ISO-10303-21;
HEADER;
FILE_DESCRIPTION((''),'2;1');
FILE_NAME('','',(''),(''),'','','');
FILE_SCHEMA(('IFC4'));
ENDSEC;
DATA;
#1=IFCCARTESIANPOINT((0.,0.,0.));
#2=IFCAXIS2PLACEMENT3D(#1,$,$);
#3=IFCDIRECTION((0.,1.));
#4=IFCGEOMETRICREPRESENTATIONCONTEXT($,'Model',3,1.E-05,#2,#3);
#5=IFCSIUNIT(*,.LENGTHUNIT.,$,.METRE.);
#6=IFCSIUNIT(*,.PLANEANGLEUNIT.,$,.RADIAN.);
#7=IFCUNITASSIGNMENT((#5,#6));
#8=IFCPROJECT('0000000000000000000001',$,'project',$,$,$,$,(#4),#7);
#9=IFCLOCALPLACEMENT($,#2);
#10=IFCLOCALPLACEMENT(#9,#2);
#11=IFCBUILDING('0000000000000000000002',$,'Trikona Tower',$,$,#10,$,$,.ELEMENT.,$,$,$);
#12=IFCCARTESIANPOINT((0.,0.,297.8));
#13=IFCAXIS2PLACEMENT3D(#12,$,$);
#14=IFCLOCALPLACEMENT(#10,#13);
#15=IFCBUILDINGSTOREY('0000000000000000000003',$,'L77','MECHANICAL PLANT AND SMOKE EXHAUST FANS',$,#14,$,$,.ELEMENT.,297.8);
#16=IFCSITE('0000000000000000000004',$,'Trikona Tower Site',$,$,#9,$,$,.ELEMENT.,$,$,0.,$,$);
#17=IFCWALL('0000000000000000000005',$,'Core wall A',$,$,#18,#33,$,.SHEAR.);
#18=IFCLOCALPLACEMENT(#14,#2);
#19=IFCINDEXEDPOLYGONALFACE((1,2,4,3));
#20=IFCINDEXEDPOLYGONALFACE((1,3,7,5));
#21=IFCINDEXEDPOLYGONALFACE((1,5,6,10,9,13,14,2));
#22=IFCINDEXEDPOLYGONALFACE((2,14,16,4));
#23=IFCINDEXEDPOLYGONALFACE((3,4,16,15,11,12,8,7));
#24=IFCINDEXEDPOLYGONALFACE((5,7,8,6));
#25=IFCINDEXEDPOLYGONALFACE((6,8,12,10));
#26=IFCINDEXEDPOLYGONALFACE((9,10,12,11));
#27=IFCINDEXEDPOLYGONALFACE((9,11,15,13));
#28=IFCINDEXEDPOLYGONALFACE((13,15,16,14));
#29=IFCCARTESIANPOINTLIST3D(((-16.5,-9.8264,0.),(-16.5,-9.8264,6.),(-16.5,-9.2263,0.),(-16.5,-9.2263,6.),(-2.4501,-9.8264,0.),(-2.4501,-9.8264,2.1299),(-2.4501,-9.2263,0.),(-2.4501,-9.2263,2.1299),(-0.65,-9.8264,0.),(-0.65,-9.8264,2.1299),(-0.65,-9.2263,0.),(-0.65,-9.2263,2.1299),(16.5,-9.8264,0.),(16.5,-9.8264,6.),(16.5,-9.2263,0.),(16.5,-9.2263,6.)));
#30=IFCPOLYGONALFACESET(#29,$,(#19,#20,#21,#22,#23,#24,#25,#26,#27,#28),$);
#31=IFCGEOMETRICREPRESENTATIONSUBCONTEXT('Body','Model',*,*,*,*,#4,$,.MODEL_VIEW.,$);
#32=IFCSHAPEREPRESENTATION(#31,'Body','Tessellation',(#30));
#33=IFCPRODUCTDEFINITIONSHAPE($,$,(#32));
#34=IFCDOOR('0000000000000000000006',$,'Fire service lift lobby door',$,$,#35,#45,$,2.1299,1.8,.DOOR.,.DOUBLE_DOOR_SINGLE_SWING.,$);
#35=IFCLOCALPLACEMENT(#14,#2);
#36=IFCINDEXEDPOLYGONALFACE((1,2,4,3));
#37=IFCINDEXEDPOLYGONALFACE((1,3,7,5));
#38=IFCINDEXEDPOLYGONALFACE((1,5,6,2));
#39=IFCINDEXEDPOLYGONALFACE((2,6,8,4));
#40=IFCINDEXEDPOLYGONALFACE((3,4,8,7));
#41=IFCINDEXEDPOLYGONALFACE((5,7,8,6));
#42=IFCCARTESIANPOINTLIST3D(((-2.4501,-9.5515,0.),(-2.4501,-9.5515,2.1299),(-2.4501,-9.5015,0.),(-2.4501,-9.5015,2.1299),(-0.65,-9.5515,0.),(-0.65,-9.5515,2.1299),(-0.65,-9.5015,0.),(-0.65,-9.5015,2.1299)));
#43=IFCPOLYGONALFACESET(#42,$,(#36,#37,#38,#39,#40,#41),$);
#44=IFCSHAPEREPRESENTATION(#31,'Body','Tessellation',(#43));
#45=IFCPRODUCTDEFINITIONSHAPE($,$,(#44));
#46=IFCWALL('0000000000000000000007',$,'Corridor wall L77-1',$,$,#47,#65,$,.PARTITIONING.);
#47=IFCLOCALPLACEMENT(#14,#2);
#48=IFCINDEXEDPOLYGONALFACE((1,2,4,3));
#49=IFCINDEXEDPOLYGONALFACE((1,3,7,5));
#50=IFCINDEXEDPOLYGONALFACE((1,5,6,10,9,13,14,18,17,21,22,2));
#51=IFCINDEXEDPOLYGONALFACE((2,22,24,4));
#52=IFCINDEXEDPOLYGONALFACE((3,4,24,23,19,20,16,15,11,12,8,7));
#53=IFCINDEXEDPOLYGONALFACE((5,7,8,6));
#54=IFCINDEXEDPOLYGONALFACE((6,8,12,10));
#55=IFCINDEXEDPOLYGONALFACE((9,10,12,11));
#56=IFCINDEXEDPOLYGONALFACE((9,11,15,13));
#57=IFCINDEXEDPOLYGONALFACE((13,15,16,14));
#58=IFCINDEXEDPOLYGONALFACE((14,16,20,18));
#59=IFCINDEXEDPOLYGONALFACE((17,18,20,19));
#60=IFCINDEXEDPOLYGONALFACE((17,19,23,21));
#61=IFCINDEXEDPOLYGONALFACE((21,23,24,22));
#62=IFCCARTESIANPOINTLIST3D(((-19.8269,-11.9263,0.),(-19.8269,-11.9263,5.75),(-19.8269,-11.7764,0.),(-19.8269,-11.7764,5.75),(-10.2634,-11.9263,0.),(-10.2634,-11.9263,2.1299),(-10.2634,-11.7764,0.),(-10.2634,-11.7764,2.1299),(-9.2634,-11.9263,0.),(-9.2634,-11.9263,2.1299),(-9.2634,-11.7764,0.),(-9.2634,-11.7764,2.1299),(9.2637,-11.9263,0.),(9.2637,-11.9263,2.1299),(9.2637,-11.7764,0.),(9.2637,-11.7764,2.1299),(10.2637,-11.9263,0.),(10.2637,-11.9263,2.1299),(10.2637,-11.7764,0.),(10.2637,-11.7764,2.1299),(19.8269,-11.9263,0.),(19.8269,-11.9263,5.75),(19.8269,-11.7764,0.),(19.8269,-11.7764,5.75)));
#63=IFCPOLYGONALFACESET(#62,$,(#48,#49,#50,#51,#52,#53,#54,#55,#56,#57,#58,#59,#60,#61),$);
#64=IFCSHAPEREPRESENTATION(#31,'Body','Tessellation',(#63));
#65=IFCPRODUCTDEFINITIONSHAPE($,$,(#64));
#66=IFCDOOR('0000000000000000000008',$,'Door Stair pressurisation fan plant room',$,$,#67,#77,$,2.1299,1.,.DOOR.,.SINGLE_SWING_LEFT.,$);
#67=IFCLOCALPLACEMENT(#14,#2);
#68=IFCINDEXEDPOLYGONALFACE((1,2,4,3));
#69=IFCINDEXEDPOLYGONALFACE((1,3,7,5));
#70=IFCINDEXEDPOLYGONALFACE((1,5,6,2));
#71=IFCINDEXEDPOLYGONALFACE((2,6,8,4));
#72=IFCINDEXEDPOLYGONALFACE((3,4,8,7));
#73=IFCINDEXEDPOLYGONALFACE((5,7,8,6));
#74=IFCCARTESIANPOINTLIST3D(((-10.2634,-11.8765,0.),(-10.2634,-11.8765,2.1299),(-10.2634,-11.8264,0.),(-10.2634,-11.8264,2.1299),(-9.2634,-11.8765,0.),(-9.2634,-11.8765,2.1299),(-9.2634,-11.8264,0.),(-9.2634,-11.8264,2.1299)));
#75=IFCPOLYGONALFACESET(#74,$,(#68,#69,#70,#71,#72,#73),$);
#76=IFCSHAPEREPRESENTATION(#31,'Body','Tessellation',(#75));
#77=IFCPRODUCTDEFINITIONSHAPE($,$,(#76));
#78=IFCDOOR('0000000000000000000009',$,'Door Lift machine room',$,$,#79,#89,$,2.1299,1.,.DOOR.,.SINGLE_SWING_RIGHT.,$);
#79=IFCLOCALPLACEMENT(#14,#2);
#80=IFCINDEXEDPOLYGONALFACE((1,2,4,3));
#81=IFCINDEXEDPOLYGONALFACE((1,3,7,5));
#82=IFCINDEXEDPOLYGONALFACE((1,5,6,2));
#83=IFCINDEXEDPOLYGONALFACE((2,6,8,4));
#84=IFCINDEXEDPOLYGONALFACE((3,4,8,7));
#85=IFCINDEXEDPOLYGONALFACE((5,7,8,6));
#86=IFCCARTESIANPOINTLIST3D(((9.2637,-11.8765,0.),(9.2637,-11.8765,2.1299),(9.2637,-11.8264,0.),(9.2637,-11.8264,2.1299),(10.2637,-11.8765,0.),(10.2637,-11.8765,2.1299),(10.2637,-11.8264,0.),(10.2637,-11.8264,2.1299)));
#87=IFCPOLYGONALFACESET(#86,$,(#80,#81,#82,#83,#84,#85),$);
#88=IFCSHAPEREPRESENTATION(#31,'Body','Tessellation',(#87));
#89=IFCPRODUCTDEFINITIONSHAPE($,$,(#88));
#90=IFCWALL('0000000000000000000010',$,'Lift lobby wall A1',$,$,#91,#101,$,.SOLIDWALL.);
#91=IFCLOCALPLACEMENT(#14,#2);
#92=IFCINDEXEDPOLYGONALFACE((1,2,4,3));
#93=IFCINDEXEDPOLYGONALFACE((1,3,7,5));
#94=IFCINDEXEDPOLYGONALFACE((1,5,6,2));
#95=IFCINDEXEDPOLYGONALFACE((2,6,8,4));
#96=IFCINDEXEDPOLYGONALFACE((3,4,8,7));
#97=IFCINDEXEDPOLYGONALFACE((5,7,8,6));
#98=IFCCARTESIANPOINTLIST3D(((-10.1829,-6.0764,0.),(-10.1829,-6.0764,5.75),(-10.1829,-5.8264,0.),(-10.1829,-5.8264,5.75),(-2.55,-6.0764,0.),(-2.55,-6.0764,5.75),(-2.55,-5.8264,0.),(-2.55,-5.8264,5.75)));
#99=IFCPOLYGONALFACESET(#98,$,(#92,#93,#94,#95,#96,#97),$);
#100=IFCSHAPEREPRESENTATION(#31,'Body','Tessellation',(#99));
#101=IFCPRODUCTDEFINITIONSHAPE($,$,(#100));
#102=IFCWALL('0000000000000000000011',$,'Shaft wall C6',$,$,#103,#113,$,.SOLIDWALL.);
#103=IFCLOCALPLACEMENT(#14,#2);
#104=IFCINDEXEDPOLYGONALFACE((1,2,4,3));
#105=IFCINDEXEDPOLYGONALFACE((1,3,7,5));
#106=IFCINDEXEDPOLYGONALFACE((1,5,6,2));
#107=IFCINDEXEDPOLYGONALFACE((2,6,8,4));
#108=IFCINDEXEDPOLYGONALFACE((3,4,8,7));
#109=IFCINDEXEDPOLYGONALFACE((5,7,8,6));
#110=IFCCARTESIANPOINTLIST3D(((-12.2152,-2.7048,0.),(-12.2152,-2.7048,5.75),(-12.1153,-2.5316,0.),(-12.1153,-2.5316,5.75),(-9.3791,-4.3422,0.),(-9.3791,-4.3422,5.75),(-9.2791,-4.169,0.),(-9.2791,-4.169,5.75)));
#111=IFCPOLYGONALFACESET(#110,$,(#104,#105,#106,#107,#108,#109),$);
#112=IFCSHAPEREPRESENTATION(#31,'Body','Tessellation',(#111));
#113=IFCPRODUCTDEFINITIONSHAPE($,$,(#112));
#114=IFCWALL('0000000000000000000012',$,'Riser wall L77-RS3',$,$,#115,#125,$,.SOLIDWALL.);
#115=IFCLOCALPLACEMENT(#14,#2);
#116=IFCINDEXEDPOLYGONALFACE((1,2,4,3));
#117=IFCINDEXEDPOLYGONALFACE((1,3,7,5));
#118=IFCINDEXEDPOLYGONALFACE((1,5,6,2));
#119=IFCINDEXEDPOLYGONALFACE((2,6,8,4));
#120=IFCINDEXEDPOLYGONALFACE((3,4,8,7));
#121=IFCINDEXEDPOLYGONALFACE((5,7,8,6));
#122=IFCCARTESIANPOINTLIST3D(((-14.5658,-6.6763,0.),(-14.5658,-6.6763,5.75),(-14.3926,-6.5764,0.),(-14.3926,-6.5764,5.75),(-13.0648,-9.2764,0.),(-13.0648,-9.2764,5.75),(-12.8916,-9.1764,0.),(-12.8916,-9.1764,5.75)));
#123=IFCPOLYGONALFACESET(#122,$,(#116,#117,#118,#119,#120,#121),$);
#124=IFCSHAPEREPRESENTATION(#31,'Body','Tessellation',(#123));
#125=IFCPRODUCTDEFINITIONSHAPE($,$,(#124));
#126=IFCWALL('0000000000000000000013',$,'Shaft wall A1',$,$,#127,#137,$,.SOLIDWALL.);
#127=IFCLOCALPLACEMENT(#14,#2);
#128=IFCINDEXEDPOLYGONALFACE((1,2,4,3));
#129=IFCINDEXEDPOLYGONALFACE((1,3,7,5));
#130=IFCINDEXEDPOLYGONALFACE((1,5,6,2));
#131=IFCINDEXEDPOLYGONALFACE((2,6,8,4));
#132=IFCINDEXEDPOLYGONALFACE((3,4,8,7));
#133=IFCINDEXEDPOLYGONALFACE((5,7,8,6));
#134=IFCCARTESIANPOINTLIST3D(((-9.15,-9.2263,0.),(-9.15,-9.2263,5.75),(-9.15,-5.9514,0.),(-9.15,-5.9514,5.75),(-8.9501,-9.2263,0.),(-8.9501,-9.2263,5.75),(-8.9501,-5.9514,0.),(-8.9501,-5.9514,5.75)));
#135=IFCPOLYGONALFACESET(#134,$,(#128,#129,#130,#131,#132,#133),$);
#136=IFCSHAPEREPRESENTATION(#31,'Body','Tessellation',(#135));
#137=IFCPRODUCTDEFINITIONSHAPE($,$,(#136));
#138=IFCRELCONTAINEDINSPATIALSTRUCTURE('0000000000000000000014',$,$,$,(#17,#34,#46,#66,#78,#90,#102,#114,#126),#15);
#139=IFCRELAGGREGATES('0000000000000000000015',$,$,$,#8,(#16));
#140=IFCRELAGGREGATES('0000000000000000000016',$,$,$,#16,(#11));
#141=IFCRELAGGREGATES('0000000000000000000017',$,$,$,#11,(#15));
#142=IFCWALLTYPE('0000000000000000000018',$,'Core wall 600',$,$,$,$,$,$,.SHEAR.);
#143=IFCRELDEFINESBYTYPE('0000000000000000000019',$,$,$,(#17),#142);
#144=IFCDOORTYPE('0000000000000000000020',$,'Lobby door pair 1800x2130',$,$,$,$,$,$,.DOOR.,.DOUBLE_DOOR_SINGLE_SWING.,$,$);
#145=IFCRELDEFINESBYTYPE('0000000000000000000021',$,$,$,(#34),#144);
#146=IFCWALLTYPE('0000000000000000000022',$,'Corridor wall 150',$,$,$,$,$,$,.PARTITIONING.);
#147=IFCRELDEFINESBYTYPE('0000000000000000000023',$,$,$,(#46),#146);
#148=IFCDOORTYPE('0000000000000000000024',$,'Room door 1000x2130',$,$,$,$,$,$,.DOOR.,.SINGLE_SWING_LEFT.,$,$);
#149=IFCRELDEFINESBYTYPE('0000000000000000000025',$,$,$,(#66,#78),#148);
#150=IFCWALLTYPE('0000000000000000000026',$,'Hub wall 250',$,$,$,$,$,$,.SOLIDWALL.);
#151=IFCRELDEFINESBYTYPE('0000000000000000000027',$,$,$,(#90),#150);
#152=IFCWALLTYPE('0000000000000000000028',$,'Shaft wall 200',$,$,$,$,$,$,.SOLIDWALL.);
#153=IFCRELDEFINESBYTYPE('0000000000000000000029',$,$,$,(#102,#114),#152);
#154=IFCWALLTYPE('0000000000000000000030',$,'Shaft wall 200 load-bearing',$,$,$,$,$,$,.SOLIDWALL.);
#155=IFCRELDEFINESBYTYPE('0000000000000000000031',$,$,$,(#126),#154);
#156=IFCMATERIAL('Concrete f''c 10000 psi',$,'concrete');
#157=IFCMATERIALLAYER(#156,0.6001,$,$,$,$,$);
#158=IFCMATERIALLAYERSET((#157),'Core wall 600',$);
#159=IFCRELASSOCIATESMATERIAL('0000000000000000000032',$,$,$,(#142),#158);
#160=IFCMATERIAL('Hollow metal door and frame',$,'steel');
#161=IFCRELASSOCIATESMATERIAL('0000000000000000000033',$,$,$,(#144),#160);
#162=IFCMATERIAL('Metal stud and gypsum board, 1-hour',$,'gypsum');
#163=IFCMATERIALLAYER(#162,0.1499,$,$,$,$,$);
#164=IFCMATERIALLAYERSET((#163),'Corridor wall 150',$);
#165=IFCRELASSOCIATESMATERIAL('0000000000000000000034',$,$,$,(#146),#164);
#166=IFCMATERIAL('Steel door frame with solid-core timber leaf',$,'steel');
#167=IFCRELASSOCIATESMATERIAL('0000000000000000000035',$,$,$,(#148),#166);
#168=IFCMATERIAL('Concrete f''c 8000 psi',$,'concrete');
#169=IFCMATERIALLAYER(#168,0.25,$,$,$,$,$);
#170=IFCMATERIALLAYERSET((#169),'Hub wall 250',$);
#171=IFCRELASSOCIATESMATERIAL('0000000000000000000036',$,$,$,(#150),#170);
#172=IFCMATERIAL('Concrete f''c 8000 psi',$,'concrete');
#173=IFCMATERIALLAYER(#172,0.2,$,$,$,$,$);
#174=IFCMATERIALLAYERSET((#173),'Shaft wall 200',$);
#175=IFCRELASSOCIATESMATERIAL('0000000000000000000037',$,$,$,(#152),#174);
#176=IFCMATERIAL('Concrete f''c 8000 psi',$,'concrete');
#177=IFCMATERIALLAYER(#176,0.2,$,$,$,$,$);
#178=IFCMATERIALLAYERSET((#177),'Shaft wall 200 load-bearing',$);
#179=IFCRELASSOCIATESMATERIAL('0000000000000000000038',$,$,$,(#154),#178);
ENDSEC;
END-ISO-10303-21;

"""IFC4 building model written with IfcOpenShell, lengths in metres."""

from ifc_helpers import new_model, si_unit, direction, frame, frame_2d, origin, place, context, subcontext, project, spatial, rectangle, extrude, material, layer, layer_set, type_object, element, fill, save


model = new_model("IFC4")

# Units and contexts
model_context = context("Model", 3, precision=1e-05, world=origin(), true_north=direction((0.0, 1.0)))
body_context = subcontext(model_context, "Body", "Model", "MODEL_VIEW")
ifc_project = project(units=[si_unit("LENGTHUNIT", "METRE"), si_unit("PLANEANGLEUNIT", "RADIAN")], contexts=[model_context])

# Site, building, storey
site_placement = place(None, origin())
site = spatial("IfcSite", under=ifc_project, at=site_placement, Name="Trikona Tower Site", CompositionType="ELEMENT", RefElevation=0.0)
building_placement = place(site_placement, origin())
building = spatial("IfcBuilding", under=site, at=building_placement, Name="Trikona Tower", CompositionType="ELEMENT")
storey_placement = place(building_placement, frame((0.0, 0.0, 297.8)))
storey = spatial("IfcBuildingStorey", under=building, at=storey_placement, Name="L77", Description="MECHANICAL PLANT AND SMOKE EXHAUST FANS", CompositionType="ELEMENT", Elevation=297.8)

# Wall, opening, door
ifc_material_1 = material(Name="Concrete f'c 10000 psi", Category="concrete")
ifc_layer_1 = layer(ifc_material_1, 0.6001)
ifc_layer_set_1 = layer_set([ifc_layer_1], Name="Core wall 600")
wall_type_1 = type_object("IfcWallType", Name="Core wall 600", PredefinedType="SHEAR", material=ifc_layer_set_1)
wall_1_placement = place(storey_placement, frame((-16.5, -9.5264, 0.0), z_axis=(0.0, 0.0, 1.0), x_axis=(1.0, 0.0, 0.0)))
wall_1 = element("IfcWall", 1, at=wall_1_placement, inside=storey, type_object=wall_type_1, Name="Core wall A", PredefinedType="SHEAR", context=body_context, shape_type="SweptSolid", body=[
    extrude(rectangle(XDim=33.0, YDim=0.6001, at=frame_2d((16.5, 0.0))), origin(), (0.0, 0.0, 1.0), 6.0),
])
opening_1_placement = place(wall_1_placement, frame((14.05, 0.0, 0.0)))
opening_1 = element("IfcOpeningElement", 2, at=opening_1_placement, cuts=wall_1, PredefinedType="OPENING", context=body_context, shape_type="SweptSolid", body=[
    extrude(rectangle(XDim=1.8, YDim=2.1299, at=frame_2d((0.8999, 1.0649))), frame((0.0, 0.3101, 0.0), z_axis=(0.0, -1.0, 0.0), x_axis=(1.0, 0.0, 0.0)), (0.0, 0.0, 1.0), 0.6201),
])
ifc_material_2 = material(Name="Hollow metal door and frame", Category="steel")
door_type_1 = type_object("IfcDoorType", Name="Lobby door pair 1800x2130", OperationType="DOUBLE_DOOR_SINGLE_SWING", PredefinedType="DOOR", material=ifc_material_2)
door_1_placement = place(opening_1_placement, origin())
door_1 = element("IfcDoor", 3, at=door_1_placement, inside=storey, type_object=door_type_1, Name="Fire service lift lobby door", OperationType="DOUBLE_DOOR_SINGLE_SWING", OverallHeight=2.1299, OverallWidth=1.8, PredefinedType="DOOR", context=body_context, shape_type="SweptSolid", body=[
    extrude(rectangle(XDim=1.8, YDim=2.1299, at=frame_2d((0.8999, 1.0649))), frame((0.0, 0.0249, 0.0), z_axis=(0.0, -1.0, 0.0), x_axis=(1.0, 0.0, 0.0)), (0.0, 0.0, 1.0), 0.05),
])
fill(opening_1, door_1)

# Wall, openings, doors
ifc_material_3 = material(Name="Metal stud and gypsum board, 1-hour", Category="gypsum")
ifc_layer_2 = layer(ifc_material_3, 0.1499)
ifc_layer_set_2 = layer_set([ifc_layer_2], Name="Corridor wall 150")
wall_type_2 = type_object("IfcWallType", Name="Corridor wall 150", PredefinedType="PARTITIONING", material=ifc_layer_set_2)
wall_2_placement = place(storey_placement, frame((-19.8269, -11.8513, 0.0), z_axis=(0.0, 0.0, 1.0), x_axis=(1.0, 0.0, 0.0)))
wall_2 = element("IfcWall", 4, at=wall_2_placement, inside=storey, type_object=wall_type_2, Name="Corridor wall L77-1", PredefinedType="PARTITIONING", context=body_context, shape_type="SweptSolid", body=[
    extrude(rectangle(XDim=39.6538, YDim=0.1499, at=frame_2d((19.8269, 0.0))), origin(), (0.0, 0.0, 1.0), 5.75),
])
opening_2_placement = place(wall_2_placement, frame((9.5635, 0.0, 0.0)))
opening_2 = element("IfcOpeningElement", 5, at=opening_2_placement, cuts=wall_2, PredefinedType="OPENING", context=body_context, shape_type="SweptSolid", body=[
    extrude(rectangle(XDim=1.0, YDim=2.1299, at=frame_2d((0.5, 1.0649))), frame((0.0, 0.085, 0.0), z_axis=(0.0, -1.0, 0.0), x_axis=(1.0, 0.0, 0.0)), (0.0, 0.0, 1.0), 0.1699),
])
opening_3_placement = place(wall_2_placement, frame((29.0906, 0.0, 0.0)))
opening_3 = element("IfcOpeningElement", 6, at=opening_3_placement, cuts=wall_2, PredefinedType="OPENING", context=body_context, shape_type="SweptSolid", body=[
    extrude(rectangle(XDim=1.0, YDim=2.1299, at=frame_2d((0.5, 1.0649))), frame((0.0, 0.085, 0.0), z_axis=(0.0, -1.0, 0.0), x_axis=(1.0, 0.0, 0.0)), (0.0, 0.0, 1.0), 0.1699),
])
ifc_material_4 = material(Name="Steel door frame with solid-core timber leaf", Category="steel")
door_type_2 = type_object("IfcDoorType", Name="Room door 1000x2130", OperationType="SINGLE_SWING_LEFT", PredefinedType="DOOR", material=ifc_material_4)
door_2_placement = place(opening_2_placement, origin())
door_2 = element("IfcDoor", 7, at=door_2_placement, inside=storey, type_object=door_type_2, Name="Door Stair pressurisation fan plant room", OperationType="SINGLE_SWING_LEFT", OverallHeight=2.1299, OverallWidth=1.0, PredefinedType="DOOR", context=body_context, shape_type="SweptSolid", body=[
    extrude(rectangle(XDim=1.0, YDim=2.1299, at=frame_2d((0.5, 1.0649))), frame((0.0, 0.0249, 0.0), z_axis=(0.0, -1.0, 0.0), x_axis=(1.0, 0.0, 0.0)), (0.0, 0.0, 1.0), 0.05),
])
fill(opening_2, door_2)
door_3_placement = place(opening_3_placement, origin())
door_3 = element("IfcDoor", 8, at=door_3_placement, inside=storey, type_object=door_type_2, Name="Door Lift machine room", OperationType="SINGLE_SWING_RIGHT", OverallHeight=2.1299, OverallWidth=1.0, PredefinedType="DOOR", context=body_context, shape_type="SweptSolid", body=[
    extrude(rectangle(XDim=1.0, YDim=2.1299, at=frame_2d((0.5, 1.0649))), frame((0.0, 0.0249, 0.0), z_axis=(0.0, -1.0, 0.0), x_axis=(1.0, 0.0, 0.0)), (0.0, 0.0, 1.0), 0.05),
])
fill(opening_3, door_3)

# Walls
ifc_material_5 = material(Name="Concrete f'c 8000 psi", Category="concrete")
ifc_layer_3 = layer(ifc_material_5, 0.25)
ifc_layer_set_3 = layer_set([ifc_layer_3], Name="Hub wall 250")
wall_type_3 = type_object("IfcWallType", Name="Hub wall 250", PredefinedType="SOLIDWALL", material=ifc_layer_set_3)
wall_3_placement = place(storey_placement, frame((-10.1829, -5.9514, 0.0), z_axis=(0.0, 0.0, 1.0), x_axis=(1.0, 0.0, 0.0)))
element("IfcWall", 9, at=wall_3_placement, inside=storey, type_object=wall_type_3, Name="Lift lobby wall A1", PredefinedType="SOLIDWALL", context=body_context, shape_type="SweptSolid", body=[
    extrude(rectangle(XDim=7.6328, YDim=0.25, at=frame_2d((3.8164, 0.0))), origin(), (0.0, 0.0, 1.0), 5.75),
])
ifc_material_6 = material(Name="Concrete f'c 8000 psi", Category="concrete")
ifc_layer_4 = layer(ifc_material_6, 0.2)
ifc_layer_set_4 = layer_set([ifc_layer_4], Name="Shaft wall 200")
wall_type_4 = type_object("IfcWallType", Name="Shaft wall 200", PredefinedType="SOLIDWALL", material=ifc_layer_set_4)
wall_4_placement = place(storey_placement, frame((-9.3291, -4.2556, 0.0), z_axis=(0.0, 0.0, 1.0), x_axis=(-0.866028, 0.499996, 0.0)))
element("IfcWall", 10, at=wall_4_placement, inside=storey, type_object=wall_type_4, Name="Shaft wall C6", PredefinedType="SOLIDWALL", context=body_context, shape_type="SweptSolid", body=[
    extrude(rectangle(XDim=3.2749, YDim=0.2, at=frame_2d((1.6375, 0.0))), origin(), (0.0, 0.0, 1.0), 5.75),
])
wall_5_placement = place(storey_placement, frame((-12.9783, -9.2263, 0.0), z_axis=(0.0, 0.0, 1.0), x_axis=(-0.499952, 0.866053, 0.0)))
element("IfcWall", 11, at=wall_5_placement, inside=storey, type_object=wall_type_4, Name="Riser wall L77-RS3", PredefinedType="SOLIDWALL", context=body_context, shape_type="SweptSolid", body=[
    extrude(rectangle(XDim=3.0022, YDim=0.2, at=frame_2d((1.501, 0.0))), origin(), (0.0, 0.0, 1.0), 5.75),
])
ifc_material_7 = material(Name="Concrete f'c 8000 psi", Category="concrete")
ifc_layer_5 = layer(ifc_material_7, 0.2)
ifc_layer_set_5 = layer_set([ifc_layer_5], Name="Shaft wall 200 load-bearing")
wall_type_5 = type_object("IfcWallType", Name="Shaft wall 200 load-bearing", PredefinedType="SOLIDWALL", material=ifc_layer_set_5)
wall_6_placement = place(storey_placement, frame((-9.05, -5.9514, 0.0), z_axis=(0.0, 0.0, 1.0), x_axis=(0.0, -1.0, 0.0)))
element("IfcWall", 12, at=wall_6_placement, inside=storey, type_object=wall_type_5, Name="Shaft wall A1", PredefinedType="SOLIDWALL", context=body_context, shape_type="SweptSolid", body=[
    extrude(rectangle(XDim=3.2749, YDim=0.2, at=frame_2d((1.6375, 0.0))), origin(), (0.0, 0.0, 1.0), 5.75),
])

save(model, "model.ifc")
